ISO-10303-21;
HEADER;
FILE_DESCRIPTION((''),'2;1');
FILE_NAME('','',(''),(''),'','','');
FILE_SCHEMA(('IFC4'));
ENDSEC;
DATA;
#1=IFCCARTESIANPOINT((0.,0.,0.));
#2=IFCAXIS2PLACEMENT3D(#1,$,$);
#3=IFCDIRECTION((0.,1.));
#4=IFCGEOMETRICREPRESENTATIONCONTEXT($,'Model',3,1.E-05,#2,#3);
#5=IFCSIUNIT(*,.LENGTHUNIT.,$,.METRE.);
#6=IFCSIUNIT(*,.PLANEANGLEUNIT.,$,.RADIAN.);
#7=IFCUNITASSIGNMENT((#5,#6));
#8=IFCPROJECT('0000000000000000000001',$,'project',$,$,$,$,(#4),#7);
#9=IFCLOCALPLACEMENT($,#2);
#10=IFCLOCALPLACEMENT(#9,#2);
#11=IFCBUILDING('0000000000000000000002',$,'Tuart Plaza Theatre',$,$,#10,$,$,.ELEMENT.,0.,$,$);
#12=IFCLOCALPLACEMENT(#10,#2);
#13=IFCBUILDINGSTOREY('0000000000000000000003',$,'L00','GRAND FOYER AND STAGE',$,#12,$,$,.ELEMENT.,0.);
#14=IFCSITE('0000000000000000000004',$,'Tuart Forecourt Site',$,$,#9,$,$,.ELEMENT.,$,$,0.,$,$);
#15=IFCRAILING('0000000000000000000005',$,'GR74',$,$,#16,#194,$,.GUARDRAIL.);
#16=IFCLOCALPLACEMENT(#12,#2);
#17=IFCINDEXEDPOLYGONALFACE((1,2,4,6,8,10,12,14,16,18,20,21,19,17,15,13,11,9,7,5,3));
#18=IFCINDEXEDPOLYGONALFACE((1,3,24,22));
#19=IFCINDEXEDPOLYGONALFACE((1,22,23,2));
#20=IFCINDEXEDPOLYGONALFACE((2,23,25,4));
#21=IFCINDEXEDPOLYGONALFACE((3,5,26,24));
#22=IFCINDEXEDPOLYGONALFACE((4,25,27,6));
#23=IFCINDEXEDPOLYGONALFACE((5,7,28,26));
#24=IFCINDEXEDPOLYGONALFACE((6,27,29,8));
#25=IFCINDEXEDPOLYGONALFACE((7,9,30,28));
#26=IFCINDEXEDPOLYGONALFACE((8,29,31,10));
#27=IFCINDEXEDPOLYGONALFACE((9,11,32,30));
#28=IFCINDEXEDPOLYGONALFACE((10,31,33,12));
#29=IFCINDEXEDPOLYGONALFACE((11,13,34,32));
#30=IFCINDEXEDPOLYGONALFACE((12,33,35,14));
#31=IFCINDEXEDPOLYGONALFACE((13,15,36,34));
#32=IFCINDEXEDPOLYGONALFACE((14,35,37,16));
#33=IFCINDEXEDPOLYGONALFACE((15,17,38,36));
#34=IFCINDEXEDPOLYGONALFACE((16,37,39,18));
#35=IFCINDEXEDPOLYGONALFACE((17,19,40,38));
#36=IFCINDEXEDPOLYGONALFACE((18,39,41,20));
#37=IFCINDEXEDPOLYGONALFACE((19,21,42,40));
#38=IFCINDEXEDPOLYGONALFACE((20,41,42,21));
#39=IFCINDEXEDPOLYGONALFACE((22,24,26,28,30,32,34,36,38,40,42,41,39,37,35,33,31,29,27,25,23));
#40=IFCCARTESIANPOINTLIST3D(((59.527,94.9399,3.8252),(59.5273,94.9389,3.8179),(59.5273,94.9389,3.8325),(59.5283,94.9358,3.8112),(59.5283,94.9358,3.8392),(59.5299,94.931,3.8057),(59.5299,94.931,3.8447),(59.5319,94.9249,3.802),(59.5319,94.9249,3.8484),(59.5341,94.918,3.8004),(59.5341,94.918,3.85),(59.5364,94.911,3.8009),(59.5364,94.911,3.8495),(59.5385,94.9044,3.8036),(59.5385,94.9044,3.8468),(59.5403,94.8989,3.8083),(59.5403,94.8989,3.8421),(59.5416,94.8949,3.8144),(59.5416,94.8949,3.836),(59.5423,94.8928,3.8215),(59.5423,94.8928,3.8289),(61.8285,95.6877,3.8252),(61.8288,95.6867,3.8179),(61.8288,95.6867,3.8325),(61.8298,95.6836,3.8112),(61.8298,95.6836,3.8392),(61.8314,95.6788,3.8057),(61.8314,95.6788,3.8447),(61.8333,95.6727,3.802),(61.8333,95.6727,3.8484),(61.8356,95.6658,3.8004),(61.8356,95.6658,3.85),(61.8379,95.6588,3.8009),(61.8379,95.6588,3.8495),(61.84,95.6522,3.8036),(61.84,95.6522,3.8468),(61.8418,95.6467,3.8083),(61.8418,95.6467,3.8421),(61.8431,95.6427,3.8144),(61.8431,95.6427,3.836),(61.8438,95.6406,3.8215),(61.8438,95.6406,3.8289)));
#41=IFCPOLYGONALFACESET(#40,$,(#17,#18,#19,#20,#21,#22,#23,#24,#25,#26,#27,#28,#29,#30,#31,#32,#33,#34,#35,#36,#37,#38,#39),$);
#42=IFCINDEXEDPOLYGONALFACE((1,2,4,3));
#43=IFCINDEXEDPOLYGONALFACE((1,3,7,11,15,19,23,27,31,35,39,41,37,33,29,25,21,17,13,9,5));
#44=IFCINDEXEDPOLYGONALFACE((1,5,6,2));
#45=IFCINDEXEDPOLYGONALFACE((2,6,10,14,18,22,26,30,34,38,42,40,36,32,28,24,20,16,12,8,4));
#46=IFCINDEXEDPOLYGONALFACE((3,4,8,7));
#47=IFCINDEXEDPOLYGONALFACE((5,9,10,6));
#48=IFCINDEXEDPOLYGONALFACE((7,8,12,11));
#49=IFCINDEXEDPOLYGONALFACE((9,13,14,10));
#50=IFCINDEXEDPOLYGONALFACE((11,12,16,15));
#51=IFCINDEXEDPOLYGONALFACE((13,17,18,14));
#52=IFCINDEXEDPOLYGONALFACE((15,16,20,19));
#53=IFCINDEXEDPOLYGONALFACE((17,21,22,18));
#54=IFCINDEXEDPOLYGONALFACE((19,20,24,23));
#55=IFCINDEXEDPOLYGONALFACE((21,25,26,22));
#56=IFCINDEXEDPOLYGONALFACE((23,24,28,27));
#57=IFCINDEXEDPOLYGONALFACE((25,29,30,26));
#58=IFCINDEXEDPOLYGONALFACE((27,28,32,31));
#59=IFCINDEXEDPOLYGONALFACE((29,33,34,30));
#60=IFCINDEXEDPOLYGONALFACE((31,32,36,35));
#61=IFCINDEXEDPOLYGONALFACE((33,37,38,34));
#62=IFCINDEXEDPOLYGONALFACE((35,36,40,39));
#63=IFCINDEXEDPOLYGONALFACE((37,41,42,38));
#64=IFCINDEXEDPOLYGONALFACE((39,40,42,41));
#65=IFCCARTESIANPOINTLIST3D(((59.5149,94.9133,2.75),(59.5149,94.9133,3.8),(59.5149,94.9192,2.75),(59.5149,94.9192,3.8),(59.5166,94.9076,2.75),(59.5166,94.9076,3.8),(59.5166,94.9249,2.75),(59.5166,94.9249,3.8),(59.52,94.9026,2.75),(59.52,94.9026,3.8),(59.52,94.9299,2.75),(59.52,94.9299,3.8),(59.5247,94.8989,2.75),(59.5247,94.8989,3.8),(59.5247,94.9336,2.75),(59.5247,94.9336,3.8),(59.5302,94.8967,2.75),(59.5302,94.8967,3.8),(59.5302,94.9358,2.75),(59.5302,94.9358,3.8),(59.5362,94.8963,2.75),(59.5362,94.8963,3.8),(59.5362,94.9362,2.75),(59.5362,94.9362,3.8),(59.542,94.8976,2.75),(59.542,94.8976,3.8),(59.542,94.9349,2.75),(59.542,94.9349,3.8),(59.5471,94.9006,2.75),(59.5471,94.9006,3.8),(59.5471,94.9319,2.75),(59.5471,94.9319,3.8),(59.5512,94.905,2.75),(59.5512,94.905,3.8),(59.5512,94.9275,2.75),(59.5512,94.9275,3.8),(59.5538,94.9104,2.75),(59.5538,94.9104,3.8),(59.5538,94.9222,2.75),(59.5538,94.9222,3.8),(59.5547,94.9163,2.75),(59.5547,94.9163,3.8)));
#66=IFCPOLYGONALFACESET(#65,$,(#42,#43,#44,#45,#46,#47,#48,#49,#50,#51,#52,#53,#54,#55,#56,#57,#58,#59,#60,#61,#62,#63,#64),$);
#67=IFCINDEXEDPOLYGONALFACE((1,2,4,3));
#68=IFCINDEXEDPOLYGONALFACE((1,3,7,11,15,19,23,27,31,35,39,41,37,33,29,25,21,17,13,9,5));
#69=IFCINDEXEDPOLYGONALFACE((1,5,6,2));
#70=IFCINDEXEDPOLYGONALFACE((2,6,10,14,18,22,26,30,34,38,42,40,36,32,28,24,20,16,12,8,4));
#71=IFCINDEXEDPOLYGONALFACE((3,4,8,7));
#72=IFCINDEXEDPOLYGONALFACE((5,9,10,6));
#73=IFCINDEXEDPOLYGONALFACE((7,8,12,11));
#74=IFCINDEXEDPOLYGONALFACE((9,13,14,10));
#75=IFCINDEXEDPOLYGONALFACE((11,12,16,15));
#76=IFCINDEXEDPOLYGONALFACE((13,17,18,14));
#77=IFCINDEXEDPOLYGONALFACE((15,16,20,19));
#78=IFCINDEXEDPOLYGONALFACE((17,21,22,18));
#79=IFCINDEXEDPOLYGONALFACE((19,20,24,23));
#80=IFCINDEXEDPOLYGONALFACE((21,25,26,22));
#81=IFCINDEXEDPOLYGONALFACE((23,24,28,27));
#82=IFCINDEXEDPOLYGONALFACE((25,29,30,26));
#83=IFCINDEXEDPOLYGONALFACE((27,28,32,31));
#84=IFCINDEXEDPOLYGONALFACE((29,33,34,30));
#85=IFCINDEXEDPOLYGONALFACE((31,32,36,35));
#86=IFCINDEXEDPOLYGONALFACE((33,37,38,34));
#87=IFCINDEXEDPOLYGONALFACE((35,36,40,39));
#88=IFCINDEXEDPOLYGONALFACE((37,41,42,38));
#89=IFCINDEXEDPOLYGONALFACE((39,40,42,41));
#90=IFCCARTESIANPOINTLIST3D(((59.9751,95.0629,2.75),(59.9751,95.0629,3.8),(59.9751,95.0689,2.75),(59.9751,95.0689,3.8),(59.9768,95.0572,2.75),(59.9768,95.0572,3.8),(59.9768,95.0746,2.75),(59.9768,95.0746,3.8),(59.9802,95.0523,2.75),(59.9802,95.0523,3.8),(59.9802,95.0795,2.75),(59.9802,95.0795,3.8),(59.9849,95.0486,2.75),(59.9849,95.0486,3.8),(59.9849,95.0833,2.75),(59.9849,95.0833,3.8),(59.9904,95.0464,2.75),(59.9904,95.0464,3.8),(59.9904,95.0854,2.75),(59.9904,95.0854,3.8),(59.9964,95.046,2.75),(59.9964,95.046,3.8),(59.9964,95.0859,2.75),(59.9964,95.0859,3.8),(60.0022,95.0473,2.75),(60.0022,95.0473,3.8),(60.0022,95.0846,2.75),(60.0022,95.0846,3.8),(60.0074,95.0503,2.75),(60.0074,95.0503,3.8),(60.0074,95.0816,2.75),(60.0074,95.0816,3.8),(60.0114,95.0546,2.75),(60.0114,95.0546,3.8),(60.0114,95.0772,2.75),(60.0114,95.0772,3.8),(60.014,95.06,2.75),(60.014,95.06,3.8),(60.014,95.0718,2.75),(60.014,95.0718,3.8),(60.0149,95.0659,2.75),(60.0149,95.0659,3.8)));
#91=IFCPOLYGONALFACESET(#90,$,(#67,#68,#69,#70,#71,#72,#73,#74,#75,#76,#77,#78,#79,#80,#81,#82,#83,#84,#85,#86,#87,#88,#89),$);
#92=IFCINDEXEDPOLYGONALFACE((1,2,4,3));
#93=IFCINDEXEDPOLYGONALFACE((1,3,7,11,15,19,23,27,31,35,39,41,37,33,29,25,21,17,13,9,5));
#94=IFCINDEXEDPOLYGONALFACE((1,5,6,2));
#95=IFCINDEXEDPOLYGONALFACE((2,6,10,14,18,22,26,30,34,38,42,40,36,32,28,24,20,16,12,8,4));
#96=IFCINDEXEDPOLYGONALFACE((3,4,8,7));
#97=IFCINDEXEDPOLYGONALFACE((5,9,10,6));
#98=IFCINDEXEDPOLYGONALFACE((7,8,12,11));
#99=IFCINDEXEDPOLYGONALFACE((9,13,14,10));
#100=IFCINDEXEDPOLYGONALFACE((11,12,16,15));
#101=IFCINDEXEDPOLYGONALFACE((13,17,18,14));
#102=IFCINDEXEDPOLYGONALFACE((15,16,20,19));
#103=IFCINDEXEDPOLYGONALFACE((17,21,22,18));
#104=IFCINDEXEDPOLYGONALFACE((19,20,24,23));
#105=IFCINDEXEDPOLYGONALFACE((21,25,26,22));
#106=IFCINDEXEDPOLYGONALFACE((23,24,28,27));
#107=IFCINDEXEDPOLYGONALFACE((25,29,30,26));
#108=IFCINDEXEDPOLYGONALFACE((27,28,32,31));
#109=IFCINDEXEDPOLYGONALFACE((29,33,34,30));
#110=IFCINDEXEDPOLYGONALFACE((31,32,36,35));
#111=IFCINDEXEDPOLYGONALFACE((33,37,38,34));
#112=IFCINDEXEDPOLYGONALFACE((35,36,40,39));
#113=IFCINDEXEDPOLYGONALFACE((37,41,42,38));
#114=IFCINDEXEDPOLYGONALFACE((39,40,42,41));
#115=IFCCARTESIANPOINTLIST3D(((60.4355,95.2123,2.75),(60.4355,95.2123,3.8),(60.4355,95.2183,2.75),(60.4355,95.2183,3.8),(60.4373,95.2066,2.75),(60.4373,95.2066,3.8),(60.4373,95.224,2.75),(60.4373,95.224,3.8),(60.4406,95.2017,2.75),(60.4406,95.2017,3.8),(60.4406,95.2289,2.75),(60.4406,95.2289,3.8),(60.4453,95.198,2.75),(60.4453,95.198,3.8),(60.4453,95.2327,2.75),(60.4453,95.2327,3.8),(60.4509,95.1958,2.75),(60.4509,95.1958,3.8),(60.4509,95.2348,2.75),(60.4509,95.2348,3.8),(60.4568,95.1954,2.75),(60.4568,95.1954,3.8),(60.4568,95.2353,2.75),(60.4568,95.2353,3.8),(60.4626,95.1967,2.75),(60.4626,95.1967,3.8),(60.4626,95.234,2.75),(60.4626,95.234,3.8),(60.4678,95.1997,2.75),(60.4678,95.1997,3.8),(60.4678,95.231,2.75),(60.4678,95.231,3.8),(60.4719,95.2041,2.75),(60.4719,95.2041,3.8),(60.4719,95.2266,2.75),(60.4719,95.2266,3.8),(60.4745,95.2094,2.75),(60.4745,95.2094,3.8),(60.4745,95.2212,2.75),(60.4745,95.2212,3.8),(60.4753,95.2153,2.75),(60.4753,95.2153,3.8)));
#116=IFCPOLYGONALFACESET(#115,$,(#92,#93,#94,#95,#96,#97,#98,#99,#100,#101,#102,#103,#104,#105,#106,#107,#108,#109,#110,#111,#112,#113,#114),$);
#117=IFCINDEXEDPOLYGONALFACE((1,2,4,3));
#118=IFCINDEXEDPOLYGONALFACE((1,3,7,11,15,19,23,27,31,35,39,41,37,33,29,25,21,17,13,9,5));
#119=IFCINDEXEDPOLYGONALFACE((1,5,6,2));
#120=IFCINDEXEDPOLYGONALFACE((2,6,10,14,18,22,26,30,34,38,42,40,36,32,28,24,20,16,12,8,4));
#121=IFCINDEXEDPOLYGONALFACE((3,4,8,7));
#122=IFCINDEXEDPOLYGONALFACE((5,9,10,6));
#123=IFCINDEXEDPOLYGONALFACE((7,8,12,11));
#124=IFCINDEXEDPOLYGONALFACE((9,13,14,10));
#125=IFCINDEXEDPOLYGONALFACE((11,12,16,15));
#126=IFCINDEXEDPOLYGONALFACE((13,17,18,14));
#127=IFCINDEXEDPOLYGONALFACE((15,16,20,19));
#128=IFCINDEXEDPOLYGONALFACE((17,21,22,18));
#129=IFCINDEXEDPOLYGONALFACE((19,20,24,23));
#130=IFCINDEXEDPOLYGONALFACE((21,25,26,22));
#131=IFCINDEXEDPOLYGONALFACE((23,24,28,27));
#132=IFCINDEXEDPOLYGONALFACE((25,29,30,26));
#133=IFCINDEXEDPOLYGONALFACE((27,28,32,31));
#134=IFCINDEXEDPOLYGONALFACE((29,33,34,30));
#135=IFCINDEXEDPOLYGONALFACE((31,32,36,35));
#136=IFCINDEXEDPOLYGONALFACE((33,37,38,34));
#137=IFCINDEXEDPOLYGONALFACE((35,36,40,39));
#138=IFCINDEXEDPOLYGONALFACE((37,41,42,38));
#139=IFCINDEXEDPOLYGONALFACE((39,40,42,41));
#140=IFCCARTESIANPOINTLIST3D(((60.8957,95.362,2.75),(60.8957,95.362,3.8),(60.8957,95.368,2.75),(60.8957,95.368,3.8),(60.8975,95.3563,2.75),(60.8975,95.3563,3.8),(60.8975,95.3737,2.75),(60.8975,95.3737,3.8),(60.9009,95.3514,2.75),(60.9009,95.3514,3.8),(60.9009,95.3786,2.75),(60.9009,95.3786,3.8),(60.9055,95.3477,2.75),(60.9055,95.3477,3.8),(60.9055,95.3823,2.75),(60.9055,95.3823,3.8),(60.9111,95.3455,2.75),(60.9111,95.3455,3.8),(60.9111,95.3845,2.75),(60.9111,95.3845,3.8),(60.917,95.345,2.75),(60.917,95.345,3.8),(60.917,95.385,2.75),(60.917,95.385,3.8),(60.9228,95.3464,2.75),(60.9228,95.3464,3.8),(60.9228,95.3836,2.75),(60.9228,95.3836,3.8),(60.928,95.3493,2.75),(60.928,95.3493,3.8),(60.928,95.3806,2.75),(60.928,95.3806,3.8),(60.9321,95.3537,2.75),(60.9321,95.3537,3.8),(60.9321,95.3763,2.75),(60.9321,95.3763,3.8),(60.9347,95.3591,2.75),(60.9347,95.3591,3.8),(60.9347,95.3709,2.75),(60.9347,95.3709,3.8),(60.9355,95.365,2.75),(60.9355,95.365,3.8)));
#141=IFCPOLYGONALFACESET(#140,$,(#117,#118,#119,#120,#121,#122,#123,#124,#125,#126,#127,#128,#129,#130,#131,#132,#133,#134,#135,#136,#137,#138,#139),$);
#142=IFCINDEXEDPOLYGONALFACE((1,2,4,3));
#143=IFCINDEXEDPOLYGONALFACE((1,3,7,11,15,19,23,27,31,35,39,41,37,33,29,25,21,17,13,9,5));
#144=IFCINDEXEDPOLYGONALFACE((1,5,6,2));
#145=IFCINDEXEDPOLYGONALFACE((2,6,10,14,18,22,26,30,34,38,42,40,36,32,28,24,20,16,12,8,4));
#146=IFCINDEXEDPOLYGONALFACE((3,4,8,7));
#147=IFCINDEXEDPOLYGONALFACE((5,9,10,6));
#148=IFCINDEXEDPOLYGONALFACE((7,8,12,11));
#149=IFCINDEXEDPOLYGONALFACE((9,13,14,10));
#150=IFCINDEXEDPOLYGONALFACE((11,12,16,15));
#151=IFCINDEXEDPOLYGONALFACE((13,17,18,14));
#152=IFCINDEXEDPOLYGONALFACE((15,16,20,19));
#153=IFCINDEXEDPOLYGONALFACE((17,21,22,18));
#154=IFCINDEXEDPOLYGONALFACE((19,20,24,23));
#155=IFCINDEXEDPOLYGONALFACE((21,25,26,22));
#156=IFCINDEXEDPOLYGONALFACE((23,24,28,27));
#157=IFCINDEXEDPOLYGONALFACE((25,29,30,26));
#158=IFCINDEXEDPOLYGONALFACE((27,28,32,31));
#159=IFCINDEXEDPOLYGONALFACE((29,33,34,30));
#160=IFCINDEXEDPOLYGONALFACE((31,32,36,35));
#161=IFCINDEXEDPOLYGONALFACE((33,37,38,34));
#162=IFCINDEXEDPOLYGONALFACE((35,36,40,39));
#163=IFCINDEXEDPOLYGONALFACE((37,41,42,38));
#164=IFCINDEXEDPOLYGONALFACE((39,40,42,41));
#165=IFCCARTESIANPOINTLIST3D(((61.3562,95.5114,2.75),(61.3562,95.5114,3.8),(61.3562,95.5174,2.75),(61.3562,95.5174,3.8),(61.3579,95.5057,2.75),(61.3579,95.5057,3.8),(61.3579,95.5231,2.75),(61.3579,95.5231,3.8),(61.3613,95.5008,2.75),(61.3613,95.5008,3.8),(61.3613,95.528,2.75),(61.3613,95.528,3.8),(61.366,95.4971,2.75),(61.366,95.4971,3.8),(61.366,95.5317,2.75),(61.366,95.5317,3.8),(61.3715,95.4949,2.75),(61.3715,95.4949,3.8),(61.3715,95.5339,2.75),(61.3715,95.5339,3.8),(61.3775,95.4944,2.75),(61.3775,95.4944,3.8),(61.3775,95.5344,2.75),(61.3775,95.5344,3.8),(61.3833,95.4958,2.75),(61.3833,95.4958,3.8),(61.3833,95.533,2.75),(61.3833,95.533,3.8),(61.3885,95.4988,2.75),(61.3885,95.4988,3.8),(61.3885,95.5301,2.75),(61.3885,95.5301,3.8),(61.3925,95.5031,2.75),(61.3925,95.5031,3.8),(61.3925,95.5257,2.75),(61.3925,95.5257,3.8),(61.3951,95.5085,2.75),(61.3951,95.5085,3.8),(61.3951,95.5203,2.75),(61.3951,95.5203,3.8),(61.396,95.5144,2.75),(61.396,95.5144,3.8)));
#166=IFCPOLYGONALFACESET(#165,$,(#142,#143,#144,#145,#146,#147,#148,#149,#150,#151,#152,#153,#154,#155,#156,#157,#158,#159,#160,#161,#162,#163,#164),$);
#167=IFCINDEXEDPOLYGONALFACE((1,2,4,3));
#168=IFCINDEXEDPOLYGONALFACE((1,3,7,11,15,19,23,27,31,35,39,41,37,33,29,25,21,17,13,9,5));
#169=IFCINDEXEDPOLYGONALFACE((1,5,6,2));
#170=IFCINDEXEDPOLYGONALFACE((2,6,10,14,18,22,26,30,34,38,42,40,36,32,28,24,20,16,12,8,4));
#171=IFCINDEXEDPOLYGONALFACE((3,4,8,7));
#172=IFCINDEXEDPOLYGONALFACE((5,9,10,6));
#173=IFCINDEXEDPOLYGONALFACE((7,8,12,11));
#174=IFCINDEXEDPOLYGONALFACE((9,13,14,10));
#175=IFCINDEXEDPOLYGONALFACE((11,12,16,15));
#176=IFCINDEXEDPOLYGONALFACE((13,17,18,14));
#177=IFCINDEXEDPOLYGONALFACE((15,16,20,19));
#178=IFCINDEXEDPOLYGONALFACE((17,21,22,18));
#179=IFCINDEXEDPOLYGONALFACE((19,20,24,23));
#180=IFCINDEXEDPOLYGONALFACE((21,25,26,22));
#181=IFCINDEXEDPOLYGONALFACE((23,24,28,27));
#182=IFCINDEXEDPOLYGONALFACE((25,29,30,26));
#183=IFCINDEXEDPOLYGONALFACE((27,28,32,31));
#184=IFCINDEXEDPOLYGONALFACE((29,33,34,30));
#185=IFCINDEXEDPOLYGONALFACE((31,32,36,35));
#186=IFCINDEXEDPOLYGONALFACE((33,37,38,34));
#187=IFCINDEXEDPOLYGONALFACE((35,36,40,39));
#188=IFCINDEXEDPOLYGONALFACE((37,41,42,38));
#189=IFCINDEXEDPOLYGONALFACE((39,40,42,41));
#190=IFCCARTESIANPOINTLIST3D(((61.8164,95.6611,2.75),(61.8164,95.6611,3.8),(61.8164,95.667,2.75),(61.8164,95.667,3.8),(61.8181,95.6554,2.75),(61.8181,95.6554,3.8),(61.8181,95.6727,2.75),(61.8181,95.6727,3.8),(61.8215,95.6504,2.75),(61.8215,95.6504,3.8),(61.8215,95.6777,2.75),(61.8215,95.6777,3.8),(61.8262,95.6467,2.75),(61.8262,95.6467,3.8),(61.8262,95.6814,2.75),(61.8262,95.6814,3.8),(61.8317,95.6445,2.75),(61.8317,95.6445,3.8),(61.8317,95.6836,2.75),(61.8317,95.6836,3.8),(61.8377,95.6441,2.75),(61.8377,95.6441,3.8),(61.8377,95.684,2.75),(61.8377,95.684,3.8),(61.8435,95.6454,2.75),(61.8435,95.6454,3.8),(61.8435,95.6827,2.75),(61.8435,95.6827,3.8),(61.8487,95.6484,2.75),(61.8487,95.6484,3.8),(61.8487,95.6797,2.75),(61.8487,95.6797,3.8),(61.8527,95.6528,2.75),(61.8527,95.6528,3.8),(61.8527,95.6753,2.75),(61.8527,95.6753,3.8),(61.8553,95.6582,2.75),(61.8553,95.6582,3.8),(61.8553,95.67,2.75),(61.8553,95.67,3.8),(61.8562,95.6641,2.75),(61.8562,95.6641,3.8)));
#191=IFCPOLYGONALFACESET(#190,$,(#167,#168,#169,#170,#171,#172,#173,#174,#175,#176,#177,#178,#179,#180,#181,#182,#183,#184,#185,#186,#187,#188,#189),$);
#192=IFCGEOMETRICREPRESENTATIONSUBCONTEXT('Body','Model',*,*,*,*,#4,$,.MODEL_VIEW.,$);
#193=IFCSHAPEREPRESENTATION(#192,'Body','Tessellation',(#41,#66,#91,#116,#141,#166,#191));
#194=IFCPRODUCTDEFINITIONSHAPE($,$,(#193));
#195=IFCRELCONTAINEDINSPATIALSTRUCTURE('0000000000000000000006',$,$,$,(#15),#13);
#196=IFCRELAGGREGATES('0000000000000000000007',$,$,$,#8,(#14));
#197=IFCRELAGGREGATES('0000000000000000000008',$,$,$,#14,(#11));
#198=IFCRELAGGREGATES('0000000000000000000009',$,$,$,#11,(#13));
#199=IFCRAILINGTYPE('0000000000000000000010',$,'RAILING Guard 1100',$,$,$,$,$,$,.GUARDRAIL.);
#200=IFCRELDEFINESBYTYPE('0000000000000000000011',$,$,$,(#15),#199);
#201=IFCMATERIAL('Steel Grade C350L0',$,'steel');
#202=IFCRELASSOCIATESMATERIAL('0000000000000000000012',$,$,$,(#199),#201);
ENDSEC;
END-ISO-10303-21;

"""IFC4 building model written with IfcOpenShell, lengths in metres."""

from ifc_helpers import new_model, si_unit, direction, frame, origin, origin_2d, place, context, subcontext, project, spatial, circle, extrude, material, type_object, element, save


model = new_model("IFC4")

# Units and contexts
model_context = context("Model", 3, precision=1e-05, world=origin(), true_north=direction((0.0, 1.0)))
body_context = subcontext(model_context, "Body", "Model", "MODEL_VIEW")
ifc_project = project(units=[si_unit("LENGTHUNIT", "METRE"), si_unit("PLANEANGLEUNIT", "RADIAN")], contexts=[model_context])

# Site, building, storey
site_placement = place(None, origin())
site = spatial("IfcSite", under=ifc_project, at=site_placement, Name="Tuart Forecourt Site", CompositionType="ELEMENT", RefElevation=0.0)
building_placement = place(site_placement, origin())
building = spatial("IfcBuilding", under=site, at=building_placement, Name="Tuart Plaza Theatre", CompositionType="ELEMENT", ElevationOfRefHeight=0.0)
storey_placement = place(building_placement, origin())
storey = spatial("IfcBuildingStorey", under=building, at=storey_placement, Name="L00", Description="GRAND FOYER AND STAGE", CompositionType="ELEMENT", Elevation=0.0)

# Railing
ifc_material_1 = material(Name="Steel Grade C350L0", Category="steel")
railing_type_1 = type_object("IfcRailingType", Name="RAILING Guard 1100", PredefinedType="GUARDRAIL", material=ifc_material_1)
railing_1_placement = place(storey_placement, frame((59.5347, 94.9163, 2.75)))
element("IfcRailing", 1, at=railing_1_placement, inside=storey, type_object=railing_type_1, Name="GR74", PredefinedType="GUARDRAIL", context=body_context, shape_type="SweptSolid", body=[
    extrude(circle(Radius=0.0249, at=origin_2d()), frame((0.0, 0.0, 1.0752), z_axis=(0.951057, 0.309015, 0.0), x_axis=(-0.309015, 0.951057, 0.0)), (0.0, 0.0, 1.0), 2.4199),
    extrude(circle(Radius=0.02, at=origin_2d()), origin(), (0.0, 0.0, 1.0), 1.05),
    extrude(circle(Radius=0.02, at=origin_2d()), frame((0.4602, 0.1497, 0.0)), (0.0, 0.0, 1.0), 1.05),
    extrude(circle(Radius=0.02, at=origin_2d()), frame((0.9207, 0.2991, 0.0)), (0.0, 0.0, 1.0), 1.05),
    extrude(circle(Radius=0.02, at=origin_2d()), frame((1.3809, 0.4487, 0.0)), (0.0, 0.0, 1.0), 1.05),
    extrude(circle(Radius=0.02, at=origin_2d()), frame((1.8413, 0.5981, 0.0)), (0.0, 0.0, 1.0), 1.05),
    extrude(circle(Radius=0.02, at=origin_2d()), frame((2.3015, 0.7478, 0.0)), (0.0, 0.0, 1.0), 1.05),
])

save(model, "model.ifc")
